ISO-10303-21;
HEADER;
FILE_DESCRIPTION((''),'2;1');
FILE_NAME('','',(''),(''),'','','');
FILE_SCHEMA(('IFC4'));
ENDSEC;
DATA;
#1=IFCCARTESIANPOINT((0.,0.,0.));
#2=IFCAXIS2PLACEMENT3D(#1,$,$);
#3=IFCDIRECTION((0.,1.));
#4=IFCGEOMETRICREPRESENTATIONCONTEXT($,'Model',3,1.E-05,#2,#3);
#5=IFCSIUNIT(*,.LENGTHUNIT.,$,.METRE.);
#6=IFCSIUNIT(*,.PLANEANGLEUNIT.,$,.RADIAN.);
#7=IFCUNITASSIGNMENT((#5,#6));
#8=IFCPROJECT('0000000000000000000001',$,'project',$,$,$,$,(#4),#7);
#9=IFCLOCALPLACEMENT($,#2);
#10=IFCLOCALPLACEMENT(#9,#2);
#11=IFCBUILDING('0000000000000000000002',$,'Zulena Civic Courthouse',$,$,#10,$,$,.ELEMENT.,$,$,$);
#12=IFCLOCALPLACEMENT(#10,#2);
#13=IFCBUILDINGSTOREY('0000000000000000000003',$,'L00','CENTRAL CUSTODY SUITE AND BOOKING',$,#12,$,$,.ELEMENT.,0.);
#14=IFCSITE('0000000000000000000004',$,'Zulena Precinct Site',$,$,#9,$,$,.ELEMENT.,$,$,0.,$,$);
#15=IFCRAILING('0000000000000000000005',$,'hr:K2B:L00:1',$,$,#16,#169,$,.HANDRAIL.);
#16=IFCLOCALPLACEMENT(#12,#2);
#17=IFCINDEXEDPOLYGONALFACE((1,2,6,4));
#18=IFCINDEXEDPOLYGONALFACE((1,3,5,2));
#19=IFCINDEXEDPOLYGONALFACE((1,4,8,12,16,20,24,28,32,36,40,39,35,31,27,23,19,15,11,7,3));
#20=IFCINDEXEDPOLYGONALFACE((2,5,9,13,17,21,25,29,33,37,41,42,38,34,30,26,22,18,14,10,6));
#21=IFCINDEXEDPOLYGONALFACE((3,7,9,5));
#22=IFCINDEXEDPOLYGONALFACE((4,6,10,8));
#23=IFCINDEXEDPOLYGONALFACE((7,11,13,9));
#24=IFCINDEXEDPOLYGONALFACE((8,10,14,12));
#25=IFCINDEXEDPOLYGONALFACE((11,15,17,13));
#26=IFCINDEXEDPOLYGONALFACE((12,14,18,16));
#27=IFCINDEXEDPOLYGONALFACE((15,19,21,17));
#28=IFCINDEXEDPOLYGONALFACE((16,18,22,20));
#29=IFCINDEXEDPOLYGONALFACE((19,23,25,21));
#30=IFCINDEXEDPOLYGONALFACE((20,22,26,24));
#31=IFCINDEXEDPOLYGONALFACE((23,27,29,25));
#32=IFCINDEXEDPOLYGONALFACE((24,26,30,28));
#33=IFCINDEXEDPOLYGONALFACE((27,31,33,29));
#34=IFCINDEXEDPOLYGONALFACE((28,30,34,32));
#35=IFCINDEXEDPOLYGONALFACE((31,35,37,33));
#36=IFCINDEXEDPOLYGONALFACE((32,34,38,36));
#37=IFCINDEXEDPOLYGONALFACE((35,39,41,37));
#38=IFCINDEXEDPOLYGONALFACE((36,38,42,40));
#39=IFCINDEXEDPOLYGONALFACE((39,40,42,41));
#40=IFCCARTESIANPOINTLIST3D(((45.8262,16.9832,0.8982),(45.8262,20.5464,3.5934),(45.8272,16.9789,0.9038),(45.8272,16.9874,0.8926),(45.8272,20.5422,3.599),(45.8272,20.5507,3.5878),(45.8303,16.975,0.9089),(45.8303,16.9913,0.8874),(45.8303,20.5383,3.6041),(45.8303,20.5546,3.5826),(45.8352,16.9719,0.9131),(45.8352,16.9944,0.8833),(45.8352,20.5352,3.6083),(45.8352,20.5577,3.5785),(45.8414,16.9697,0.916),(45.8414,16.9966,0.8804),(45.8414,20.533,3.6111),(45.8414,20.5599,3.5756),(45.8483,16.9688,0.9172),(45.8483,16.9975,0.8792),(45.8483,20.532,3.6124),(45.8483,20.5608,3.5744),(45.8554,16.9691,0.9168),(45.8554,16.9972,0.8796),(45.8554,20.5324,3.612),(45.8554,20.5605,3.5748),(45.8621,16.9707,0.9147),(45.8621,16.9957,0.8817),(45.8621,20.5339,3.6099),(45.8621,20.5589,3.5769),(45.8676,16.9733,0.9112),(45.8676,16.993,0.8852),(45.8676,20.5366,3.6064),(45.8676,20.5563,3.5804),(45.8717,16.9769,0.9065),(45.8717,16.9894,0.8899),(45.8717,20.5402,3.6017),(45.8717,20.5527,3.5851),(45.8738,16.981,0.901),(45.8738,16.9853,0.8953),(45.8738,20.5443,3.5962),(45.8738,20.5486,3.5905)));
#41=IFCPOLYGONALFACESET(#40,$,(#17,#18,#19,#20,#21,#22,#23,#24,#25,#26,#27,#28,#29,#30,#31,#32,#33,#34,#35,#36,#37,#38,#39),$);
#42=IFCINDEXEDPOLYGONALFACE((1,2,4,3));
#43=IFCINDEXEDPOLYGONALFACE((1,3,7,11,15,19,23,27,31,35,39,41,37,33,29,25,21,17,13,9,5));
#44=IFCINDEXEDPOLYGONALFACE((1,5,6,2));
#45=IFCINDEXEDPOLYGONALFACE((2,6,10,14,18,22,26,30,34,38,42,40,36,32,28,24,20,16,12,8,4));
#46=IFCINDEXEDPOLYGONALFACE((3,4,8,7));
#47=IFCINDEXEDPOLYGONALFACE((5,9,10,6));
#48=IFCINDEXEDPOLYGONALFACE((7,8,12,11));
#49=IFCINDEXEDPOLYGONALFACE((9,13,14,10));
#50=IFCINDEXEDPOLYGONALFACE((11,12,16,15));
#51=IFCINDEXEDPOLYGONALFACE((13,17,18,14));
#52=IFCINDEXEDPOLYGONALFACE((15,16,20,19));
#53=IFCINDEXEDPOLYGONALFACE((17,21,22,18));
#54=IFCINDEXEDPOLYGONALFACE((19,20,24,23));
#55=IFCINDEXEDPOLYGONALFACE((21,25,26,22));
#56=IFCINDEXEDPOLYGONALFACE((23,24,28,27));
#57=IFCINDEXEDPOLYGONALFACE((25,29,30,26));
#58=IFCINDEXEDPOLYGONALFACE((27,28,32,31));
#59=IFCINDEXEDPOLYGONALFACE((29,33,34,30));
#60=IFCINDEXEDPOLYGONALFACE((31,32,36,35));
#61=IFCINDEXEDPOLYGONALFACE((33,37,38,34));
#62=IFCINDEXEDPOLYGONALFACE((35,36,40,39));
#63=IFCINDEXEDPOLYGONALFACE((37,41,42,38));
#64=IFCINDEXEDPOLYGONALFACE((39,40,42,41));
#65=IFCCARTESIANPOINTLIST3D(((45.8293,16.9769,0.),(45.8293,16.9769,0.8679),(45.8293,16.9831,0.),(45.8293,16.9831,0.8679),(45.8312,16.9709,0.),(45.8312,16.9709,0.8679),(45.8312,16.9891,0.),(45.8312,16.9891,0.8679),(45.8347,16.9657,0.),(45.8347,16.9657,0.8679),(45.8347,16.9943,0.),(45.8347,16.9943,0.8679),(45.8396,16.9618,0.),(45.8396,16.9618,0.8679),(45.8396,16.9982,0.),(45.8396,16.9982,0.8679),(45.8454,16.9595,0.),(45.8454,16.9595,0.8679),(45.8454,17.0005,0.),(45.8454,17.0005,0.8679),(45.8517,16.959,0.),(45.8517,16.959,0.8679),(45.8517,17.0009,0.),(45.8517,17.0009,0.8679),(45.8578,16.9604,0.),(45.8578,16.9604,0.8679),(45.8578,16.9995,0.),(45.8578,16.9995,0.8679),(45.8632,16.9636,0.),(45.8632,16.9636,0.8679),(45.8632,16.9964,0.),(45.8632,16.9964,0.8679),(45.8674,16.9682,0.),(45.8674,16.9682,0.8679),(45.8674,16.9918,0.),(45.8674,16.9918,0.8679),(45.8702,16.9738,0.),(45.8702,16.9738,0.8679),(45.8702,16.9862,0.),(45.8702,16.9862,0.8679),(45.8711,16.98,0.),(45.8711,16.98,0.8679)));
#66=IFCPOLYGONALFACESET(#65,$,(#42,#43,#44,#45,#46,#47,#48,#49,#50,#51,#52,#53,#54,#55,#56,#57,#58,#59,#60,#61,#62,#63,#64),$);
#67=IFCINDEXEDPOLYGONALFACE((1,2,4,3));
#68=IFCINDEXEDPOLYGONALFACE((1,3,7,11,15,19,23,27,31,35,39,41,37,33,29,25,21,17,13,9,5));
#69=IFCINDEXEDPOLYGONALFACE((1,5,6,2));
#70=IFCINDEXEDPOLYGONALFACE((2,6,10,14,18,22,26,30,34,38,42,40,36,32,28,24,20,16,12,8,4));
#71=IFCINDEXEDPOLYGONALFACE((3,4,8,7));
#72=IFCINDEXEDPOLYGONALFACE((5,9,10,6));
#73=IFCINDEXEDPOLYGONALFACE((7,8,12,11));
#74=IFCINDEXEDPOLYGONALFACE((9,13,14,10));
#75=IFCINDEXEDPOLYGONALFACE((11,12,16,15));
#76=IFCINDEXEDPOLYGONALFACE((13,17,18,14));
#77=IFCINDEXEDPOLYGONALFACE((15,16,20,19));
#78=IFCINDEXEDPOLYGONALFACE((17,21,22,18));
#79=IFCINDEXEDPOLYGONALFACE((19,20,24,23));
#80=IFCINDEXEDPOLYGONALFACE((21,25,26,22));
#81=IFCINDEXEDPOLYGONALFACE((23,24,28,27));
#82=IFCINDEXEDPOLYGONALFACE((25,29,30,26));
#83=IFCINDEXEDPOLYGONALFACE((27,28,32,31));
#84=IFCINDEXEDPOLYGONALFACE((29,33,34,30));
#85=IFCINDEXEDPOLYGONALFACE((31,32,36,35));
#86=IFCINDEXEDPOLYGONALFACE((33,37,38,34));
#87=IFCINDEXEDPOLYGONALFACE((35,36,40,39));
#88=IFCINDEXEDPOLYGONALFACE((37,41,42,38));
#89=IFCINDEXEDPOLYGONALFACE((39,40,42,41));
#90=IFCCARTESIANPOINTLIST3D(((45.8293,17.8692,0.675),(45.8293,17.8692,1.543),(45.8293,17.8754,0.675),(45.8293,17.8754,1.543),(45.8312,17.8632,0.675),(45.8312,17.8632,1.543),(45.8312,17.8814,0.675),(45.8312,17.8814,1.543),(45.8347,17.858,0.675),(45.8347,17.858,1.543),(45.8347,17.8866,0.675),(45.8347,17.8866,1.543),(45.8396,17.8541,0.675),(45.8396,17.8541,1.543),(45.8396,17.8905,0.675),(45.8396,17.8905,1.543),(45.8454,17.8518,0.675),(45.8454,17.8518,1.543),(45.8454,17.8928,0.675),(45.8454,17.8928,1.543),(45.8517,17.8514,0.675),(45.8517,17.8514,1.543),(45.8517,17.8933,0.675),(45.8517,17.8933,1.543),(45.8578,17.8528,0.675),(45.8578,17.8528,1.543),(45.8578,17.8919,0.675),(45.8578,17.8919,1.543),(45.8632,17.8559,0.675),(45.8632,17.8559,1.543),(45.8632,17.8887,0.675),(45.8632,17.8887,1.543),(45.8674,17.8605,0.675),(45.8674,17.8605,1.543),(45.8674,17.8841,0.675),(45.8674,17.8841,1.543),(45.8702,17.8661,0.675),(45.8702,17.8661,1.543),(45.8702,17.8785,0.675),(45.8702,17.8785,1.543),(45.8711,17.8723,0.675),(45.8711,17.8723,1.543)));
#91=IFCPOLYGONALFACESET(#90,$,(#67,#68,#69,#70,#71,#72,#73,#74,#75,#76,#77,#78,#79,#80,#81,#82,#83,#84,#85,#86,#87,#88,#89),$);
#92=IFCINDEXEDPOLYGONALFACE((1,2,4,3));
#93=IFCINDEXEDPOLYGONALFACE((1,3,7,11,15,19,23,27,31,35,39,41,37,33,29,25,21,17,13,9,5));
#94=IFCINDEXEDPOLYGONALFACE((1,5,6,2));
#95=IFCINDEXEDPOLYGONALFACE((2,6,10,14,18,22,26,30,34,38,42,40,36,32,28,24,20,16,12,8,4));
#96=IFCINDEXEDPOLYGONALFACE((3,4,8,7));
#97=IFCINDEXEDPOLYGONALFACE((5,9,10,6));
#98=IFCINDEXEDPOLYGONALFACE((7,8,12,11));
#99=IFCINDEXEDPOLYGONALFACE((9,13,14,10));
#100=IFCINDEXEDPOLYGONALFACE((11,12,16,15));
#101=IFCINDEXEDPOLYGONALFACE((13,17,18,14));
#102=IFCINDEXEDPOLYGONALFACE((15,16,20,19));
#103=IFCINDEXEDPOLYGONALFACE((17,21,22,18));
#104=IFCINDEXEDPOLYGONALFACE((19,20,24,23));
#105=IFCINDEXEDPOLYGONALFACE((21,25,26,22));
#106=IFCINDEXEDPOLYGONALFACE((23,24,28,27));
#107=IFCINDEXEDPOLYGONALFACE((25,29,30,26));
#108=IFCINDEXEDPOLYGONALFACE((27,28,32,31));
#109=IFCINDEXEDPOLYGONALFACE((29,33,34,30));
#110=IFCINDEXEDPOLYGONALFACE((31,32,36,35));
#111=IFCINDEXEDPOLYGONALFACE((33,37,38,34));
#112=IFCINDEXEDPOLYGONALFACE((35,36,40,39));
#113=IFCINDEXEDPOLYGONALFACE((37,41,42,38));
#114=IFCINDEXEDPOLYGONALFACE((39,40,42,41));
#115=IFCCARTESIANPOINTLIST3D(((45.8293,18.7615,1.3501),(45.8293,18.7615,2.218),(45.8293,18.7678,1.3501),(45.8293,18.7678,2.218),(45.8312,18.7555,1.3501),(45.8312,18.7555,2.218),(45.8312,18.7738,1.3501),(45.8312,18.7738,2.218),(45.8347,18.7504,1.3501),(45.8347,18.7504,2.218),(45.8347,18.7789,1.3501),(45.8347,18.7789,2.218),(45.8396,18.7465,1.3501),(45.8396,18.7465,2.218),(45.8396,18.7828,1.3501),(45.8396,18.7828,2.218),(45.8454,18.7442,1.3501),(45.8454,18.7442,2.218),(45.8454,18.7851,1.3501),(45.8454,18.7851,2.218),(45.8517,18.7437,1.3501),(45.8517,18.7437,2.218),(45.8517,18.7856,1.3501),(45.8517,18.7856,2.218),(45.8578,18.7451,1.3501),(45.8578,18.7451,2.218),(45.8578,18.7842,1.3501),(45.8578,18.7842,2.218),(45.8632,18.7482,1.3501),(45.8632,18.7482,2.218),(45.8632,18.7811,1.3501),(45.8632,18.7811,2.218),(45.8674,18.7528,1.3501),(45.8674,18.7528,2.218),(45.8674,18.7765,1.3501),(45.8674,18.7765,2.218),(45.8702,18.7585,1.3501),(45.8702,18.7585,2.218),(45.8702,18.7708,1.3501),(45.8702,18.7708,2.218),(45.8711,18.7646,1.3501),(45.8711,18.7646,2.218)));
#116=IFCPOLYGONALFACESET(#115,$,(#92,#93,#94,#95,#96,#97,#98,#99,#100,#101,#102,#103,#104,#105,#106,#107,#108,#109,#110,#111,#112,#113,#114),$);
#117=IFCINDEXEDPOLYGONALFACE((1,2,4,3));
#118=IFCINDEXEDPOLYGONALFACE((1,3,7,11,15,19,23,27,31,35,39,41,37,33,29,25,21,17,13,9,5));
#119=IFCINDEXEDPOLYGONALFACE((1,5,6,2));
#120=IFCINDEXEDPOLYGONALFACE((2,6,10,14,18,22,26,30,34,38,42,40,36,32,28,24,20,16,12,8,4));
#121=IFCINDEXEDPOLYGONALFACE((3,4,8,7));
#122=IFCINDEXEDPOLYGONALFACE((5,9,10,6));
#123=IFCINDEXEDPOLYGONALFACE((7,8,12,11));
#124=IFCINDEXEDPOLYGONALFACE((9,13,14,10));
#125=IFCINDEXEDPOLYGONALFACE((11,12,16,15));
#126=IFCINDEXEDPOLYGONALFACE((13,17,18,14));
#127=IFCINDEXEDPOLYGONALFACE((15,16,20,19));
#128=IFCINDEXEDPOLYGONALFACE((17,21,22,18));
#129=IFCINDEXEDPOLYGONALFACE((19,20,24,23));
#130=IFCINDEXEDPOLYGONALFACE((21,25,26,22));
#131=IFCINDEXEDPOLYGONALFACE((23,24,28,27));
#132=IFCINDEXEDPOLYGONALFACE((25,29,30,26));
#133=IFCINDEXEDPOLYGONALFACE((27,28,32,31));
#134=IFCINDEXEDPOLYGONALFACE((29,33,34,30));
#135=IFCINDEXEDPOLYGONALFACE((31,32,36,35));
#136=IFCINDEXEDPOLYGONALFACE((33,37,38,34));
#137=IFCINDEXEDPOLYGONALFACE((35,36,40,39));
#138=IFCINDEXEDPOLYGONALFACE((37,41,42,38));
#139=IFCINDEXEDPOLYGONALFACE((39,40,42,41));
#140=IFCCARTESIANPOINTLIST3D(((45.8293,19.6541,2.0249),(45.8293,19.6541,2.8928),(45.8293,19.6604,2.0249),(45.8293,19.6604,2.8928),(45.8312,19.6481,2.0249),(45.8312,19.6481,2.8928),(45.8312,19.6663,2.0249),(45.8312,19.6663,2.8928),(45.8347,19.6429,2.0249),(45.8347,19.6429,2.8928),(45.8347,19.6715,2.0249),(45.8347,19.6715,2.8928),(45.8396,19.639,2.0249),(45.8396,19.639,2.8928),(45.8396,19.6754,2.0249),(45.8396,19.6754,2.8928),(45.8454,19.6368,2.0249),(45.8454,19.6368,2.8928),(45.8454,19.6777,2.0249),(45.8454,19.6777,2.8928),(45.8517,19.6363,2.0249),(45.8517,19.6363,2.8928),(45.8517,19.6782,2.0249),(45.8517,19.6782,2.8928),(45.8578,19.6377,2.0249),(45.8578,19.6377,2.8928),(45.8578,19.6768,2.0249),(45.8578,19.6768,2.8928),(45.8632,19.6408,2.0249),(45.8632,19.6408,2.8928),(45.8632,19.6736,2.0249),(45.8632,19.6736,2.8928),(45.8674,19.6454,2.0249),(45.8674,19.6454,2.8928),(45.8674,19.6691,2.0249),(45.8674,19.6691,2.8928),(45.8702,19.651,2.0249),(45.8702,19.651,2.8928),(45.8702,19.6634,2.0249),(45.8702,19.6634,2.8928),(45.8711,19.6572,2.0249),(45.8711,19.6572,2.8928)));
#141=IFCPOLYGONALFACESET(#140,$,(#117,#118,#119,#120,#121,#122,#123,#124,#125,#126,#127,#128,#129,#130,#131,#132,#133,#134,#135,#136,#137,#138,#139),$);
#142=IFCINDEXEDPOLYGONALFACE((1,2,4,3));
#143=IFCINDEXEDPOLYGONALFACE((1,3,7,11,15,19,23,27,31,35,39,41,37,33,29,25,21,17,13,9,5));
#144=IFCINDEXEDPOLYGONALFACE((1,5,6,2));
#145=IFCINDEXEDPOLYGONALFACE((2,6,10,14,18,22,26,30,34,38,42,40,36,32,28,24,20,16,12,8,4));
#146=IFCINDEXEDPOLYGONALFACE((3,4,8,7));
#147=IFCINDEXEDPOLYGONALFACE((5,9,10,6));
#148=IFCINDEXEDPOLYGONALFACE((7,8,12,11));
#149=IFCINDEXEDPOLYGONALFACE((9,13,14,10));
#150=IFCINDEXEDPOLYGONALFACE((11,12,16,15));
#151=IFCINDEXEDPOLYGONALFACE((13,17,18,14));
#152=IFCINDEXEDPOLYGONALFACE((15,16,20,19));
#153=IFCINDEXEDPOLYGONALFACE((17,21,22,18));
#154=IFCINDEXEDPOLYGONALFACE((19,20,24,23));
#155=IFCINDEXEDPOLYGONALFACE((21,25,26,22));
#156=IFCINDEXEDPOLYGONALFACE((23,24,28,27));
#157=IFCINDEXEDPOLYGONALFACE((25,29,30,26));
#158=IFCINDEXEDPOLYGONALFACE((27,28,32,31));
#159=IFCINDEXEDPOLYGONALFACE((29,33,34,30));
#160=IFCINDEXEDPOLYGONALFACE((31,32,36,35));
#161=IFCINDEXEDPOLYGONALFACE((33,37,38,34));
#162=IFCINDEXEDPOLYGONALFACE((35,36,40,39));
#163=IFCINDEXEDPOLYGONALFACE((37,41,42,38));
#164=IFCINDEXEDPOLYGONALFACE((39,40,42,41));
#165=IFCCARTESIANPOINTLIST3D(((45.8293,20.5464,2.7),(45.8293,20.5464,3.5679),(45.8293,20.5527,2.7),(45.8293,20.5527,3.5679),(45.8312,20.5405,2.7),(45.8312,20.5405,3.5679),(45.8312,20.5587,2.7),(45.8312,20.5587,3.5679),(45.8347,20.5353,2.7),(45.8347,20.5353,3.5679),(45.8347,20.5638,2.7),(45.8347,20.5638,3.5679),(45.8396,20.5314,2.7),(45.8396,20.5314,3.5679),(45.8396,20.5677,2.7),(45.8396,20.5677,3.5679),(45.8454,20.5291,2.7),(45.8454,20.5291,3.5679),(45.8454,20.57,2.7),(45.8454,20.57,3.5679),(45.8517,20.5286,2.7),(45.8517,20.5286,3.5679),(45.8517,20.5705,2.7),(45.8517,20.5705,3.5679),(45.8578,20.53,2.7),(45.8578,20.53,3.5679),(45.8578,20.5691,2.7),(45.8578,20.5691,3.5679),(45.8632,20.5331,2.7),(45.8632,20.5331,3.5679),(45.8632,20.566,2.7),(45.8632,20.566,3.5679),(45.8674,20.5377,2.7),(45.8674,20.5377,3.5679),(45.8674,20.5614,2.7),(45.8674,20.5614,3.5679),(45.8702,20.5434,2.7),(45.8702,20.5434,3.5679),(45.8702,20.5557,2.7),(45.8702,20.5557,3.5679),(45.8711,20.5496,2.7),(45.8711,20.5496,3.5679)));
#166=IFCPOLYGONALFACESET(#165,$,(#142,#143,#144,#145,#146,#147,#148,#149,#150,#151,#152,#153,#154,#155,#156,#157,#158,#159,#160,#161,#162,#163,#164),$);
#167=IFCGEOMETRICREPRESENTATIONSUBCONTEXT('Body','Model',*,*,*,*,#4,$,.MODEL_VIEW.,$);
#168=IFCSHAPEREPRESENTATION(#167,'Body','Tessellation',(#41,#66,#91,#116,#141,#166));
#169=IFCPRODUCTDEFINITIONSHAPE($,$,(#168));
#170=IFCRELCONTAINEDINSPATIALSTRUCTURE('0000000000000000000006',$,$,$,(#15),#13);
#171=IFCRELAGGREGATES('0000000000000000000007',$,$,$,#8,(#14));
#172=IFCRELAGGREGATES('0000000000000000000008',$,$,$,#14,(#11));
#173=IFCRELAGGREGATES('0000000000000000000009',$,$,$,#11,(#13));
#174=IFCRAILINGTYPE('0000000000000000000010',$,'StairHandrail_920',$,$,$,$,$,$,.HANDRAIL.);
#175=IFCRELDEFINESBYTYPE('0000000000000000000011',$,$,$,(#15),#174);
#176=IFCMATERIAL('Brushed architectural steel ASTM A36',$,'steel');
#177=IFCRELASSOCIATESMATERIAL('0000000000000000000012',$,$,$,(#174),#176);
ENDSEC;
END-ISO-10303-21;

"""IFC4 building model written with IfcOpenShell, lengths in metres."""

from ifc_helpers import new_model, si_unit, direction, frame, origin, origin_2d, place, context, subcontext, project, spatial, circle, extrude, material, type_object, element, save


model = new_model("IFC4")

# Units and contexts
model_context = context("Model", 3, precision=1e-05, world=origin(), true_north=direction((0.0, 1.0)))
body_context = subcontext(model_context, "Body", "Model", "MODEL_VIEW")
ifc_project = project(units=[si_unit("LENGTHUNIT", "METRE"), si_unit("PLANEANGLEUNIT", "RADIAN")], contexts=[model_context])

# Site, building, storey
site_placement = place(None, origin())
site = spatial("IfcSite", under=ifc_project, at=site_placement, Name="Zulena Precinct Site", CompositionType="ELEMENT", RefElevation=0.0)
building_placement = place(site_placement, origin())
building = spatial("IfcBuilding", under=site, at=building_placement, Name="Zulena Civic Courthouse", CompositionType="ELEMENT")
storey_placement = place(building_placement, origin())
storey = spatial("IfcBuildingStorey", under=building, at=storey_placement, Name="L00", Description="CENTRAL CUSTODY SUITE AND BOOKING", CompositionType="ELEMENT", Elevation=0.0)

# Railing
ifc_material_1 = material(Name="Brushed architectural steel ASTM A36", Category="steel")
railing_type_1 = type_object("IfcRailingType", Name="StairHandrail_920", PredefinedType="HANDRAIL", material=ifc_material_1)
railing_1_placement = place(storey_placement, frame((45.8501, 16.98, 0.0)))
element("IfcRailing", 1, at=railing_1_placement, inside=storey, type_object=railing_type_1, Name="hr:K2B:L00:1", PredefinedType="HANDRAIL", context=body_context, shape_type="SweptSolid", body=[
    extrude(circle(Radius=0.0239, at=origin_2d()), frame((0.0, 0.0032, 0.8982), z_axis=(0.0, 0.797552, 0.60325), x_axis=(-1.0, 0.0, 0.0)), (0.0, 0.0, 1.0), 4.4678),
    extrude(circle(Radius=0.021, at=origin_2d()), origin(), (0.0, 0.0, 1.0), 0.8679),
    extrude(circle(Radius=0.021, at=origin_2d()), frame((0.0, 0.8923, 0.675)), (0.0, 0.0, 1.0), 0.8679),
    extrude(circle(Radius=0.021, at=origin_2d()), frame((0.0, 1.7847, 1.3501)), (0.0, 0.0, 1.0), 0.8679),
    extrude(circle(Radius=0.021, at=origin_2d()), frame((0.0, 2.6772, 2.0249)), (0.0, 0.0, 1.0), 0.8679),
    extrude(circle(Radius=0.021, at=origin_2d()), frame((0.0, 3.5696, 2.7)), (0.0, 0.0, 1.0), 0.8679),
])

save(model, "model.ifc")
